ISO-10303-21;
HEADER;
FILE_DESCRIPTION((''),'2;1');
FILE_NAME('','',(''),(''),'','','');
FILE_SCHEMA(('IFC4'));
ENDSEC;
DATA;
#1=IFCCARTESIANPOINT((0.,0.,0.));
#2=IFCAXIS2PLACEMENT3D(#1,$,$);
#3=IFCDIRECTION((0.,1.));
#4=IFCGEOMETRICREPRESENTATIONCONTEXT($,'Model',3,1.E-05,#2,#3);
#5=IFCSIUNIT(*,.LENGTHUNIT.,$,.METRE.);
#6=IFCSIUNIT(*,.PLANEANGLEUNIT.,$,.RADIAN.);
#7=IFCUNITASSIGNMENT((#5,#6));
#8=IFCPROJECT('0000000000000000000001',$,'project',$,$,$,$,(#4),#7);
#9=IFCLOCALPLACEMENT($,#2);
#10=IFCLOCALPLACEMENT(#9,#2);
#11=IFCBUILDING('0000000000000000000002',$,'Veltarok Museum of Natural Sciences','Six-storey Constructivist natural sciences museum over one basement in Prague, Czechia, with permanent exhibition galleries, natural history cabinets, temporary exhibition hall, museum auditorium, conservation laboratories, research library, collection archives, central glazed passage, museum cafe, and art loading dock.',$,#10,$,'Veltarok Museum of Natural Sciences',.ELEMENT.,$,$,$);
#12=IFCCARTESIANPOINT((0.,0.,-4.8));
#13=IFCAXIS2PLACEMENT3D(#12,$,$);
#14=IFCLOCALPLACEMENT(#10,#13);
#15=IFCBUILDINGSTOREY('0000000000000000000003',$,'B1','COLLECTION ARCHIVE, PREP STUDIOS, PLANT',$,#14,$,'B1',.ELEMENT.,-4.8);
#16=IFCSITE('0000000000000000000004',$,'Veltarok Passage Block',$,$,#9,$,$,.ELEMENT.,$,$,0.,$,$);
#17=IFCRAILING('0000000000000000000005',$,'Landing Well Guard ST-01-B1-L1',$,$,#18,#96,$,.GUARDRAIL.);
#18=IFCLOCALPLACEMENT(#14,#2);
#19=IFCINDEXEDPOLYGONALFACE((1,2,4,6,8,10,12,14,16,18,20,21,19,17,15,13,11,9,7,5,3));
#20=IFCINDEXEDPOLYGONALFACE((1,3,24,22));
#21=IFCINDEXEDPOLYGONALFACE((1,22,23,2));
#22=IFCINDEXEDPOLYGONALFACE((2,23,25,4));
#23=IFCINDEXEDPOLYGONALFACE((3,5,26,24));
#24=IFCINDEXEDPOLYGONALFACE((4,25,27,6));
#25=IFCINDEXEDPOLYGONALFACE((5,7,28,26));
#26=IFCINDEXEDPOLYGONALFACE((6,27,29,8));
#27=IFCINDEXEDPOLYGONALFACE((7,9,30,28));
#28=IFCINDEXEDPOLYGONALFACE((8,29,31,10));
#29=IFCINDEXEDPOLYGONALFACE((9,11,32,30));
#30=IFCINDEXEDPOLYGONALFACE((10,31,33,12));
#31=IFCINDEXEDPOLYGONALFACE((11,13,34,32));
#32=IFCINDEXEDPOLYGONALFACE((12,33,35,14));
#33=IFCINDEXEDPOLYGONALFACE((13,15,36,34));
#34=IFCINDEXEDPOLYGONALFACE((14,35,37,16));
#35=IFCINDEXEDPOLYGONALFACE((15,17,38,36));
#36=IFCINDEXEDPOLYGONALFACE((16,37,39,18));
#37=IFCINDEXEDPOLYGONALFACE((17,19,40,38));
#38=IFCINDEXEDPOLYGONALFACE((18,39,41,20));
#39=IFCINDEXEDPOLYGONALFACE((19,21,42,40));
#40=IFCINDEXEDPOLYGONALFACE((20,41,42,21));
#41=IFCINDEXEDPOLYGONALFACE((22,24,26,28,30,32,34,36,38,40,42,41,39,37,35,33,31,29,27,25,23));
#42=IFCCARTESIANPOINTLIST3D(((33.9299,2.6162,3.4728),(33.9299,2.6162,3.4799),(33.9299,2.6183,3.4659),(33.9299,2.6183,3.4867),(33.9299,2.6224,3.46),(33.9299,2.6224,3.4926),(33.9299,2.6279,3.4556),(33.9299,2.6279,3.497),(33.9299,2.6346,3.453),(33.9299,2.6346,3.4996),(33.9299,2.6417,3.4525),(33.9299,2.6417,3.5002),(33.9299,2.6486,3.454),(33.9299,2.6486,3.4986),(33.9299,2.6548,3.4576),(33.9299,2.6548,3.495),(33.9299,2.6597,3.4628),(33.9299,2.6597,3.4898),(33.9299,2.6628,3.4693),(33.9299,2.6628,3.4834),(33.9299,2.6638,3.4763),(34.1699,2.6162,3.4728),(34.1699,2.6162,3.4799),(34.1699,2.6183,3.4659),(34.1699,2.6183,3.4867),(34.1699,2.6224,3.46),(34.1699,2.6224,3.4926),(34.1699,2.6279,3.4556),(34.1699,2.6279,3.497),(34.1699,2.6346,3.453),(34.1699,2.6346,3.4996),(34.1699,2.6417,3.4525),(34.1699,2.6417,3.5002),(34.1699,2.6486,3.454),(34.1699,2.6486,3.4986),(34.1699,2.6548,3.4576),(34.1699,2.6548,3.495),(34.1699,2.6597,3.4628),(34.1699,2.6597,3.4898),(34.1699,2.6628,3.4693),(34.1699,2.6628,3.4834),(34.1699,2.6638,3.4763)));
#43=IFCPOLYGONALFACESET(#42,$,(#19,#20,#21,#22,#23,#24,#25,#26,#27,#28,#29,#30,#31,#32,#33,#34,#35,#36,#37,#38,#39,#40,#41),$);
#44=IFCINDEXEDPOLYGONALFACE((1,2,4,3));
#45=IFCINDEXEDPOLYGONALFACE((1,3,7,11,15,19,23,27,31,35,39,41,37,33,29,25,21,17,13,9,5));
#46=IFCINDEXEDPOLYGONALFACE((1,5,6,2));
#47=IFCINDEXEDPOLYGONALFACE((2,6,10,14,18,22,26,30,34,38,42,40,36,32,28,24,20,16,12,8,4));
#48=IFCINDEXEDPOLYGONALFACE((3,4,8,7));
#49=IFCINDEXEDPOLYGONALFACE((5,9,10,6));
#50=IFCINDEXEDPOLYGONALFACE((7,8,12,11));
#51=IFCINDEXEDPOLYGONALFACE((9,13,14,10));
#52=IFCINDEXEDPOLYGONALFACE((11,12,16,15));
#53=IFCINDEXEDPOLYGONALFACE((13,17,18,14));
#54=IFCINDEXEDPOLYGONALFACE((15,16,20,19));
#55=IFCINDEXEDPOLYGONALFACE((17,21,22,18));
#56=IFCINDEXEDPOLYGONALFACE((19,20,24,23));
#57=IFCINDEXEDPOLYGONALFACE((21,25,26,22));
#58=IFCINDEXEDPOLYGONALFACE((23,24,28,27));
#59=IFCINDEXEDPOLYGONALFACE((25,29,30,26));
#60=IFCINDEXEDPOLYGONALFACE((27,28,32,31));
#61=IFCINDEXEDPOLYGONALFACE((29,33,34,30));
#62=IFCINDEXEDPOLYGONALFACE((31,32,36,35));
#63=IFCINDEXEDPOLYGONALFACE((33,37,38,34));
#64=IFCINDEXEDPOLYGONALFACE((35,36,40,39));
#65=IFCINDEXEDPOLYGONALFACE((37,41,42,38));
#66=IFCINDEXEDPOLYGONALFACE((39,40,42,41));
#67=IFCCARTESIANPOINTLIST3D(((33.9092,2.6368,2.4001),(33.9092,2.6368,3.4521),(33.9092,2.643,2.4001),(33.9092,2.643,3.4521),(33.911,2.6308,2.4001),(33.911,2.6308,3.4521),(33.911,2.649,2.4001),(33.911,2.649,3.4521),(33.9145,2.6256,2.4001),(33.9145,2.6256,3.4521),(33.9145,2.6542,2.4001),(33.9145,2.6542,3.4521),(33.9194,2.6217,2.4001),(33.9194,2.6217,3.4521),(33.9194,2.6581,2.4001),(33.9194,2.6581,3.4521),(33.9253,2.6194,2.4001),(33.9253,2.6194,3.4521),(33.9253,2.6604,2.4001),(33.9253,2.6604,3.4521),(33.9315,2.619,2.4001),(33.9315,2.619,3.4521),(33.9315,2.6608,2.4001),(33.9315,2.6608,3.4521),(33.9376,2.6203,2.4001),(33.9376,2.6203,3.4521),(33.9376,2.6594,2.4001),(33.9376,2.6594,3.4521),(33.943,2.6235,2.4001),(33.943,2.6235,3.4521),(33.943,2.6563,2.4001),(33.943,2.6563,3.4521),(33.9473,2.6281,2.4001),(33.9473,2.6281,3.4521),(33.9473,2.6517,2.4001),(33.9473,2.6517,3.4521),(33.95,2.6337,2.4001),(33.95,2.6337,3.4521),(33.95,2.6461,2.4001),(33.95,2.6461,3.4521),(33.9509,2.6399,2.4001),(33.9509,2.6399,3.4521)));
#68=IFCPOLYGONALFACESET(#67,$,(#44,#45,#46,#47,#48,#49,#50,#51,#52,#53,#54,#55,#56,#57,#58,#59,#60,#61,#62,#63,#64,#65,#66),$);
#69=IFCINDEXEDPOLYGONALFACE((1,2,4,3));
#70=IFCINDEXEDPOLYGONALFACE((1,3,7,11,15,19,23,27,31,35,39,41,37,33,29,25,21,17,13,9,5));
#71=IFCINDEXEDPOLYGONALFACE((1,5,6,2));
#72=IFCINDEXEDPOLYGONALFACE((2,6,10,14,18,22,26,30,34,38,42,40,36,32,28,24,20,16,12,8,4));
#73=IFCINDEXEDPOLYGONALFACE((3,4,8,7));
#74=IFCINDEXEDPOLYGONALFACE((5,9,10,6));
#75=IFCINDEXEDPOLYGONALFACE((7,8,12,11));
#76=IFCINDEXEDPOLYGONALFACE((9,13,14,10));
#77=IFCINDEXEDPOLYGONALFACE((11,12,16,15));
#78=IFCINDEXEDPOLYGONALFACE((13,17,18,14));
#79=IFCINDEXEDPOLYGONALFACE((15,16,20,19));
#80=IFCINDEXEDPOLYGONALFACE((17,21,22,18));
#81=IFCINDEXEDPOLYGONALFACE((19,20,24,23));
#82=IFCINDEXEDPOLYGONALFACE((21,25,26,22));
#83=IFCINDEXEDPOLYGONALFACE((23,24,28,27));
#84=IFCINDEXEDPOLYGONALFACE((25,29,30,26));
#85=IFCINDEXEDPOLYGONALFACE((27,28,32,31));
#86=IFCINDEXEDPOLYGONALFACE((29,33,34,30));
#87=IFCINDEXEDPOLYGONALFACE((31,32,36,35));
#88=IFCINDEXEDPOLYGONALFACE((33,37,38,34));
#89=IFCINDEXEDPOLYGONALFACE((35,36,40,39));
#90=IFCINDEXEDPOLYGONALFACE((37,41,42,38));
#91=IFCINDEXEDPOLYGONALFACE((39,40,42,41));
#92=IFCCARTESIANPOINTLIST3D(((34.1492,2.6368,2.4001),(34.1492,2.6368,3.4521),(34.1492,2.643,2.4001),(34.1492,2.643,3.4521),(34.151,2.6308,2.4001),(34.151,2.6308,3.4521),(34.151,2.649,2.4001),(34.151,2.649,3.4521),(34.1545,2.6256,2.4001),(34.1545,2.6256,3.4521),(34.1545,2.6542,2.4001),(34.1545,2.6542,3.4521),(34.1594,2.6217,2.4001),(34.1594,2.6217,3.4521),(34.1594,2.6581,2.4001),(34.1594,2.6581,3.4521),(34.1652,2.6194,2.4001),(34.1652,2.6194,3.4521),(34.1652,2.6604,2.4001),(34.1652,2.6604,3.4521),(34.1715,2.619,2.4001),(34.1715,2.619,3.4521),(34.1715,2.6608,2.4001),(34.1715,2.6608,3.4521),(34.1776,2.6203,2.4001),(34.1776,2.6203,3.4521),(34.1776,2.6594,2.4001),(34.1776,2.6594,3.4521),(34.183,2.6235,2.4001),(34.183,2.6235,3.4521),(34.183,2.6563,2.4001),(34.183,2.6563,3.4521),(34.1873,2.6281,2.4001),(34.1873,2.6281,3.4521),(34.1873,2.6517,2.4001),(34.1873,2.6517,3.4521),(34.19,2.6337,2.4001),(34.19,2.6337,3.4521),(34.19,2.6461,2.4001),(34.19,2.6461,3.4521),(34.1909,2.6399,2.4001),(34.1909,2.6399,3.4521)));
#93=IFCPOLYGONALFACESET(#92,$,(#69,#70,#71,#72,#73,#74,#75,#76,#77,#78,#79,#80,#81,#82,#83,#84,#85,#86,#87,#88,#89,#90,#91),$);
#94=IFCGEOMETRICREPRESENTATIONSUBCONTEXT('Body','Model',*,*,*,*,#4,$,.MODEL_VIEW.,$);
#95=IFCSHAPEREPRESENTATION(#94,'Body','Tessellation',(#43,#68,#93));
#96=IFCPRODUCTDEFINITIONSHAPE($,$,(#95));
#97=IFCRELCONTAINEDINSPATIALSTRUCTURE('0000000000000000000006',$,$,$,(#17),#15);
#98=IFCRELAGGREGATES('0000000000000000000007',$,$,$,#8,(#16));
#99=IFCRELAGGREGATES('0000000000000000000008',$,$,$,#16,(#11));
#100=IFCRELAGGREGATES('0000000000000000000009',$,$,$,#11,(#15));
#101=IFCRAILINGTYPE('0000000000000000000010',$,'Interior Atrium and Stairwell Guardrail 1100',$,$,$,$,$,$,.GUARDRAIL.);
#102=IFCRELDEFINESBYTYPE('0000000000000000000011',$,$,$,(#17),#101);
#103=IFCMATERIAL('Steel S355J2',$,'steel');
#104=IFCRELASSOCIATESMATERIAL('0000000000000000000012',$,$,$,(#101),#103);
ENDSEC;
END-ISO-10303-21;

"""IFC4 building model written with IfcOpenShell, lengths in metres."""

from ifc_helpers import new_model, si_unit, direction, frame, origin, origin_2d, place, context, subcontext, project, spatial, circle, extrude, material, type_object, element, save


model = new_model("IFC4")

# Units and contexts
model_context = context("Model", 3, precision=1e-05, world=origin(), true_north=direction((0.0, 1.0)))
body_context = subcontext(model_context, "Body", "Model", "MODEL_VIEW")
ifc_project = project(units=[si_unit("LENGTHUNIT", "METRE"), si_unit("PLANEANGLEUNIT", "RADIAN")], contexts=[model_context])

# Site, building, storey
site_placement = place(None, origin())
site = spatial("IfcSite", under=ifc_project, at=site_placement, Name="Veltarok Passage Block", CompositionType="ELEMENT", RefElevation=0.0)
building_placement = place(site_placement, origin())
building = spatial("IfcBuilding", under=site, at=building_placement, Name="Veltarok Museum of Natural Sciences", Description="Six-storey Constructivist natural sciences museum over one basement in Prague, Czechia, with permanent exhibition galleries, natural history cabinets, temporary exhibition hall, museum auditorium, conservation laboratories, research library, collection archives, central glazed passage, museum cafe, and art loading dock.", LongName="Veltarok Museum of Natural Sciences", CompositionType="ELEMENT")
storey_placement = place(building_placement, frame((0.0, 0.0, -4.8)))
storey = spatial("IfcBuildingStorey", under=building, at=storey_placement, Name="B1", Description="COLLECTION ARCHIVE, PREP STUDIOS, PLANT", LongName="B1", CompositionType="ELEMENT", Elevation=-4.8)

# Shared definitions
ifc_material_1 = material(Name="Steel S355J2", Category="steel")

# Railing
railing_type_1 = type_object("IfcRailingType", Name="Interior Atrium and Stairwell Guardrail 1100", PredefinedType="GUARDRAIL", material=ifc_material_1)
railing_placement = place(storey_placement, frame((33.9299, 2.6399, 2.4001)))
element("IfcRailing", 1, at=railing_placement, inside=storey, type_object=railing_type_1, Name="Landing Well Guard ST-01-B1-L1", PredefinedType="GUARDRAIL", context=body_context, shape_type="SweptSolid", body=[
    extrude(circle(Radius=0.0239, at=origin_2d()), frame((0.0, 0.0, 1.0762), z_axis=(1.0, 0.0, 0.0), x_axis=(0.0, 1.0, 0.0)), (0.0, 0.0, 1.0), 0.24),
    extrude(circle(Radius=0.021, at=origin_2d()), origin(), (0.0, 0.0, 1.0), 1.052),
    extrude(circle(Radius=0.021, at=origin_2d()), frame((0.24, 0.0, 0.0)), (0.0, 0.0, 1.0), 1.052),
])

save(model, "model.ifc")
